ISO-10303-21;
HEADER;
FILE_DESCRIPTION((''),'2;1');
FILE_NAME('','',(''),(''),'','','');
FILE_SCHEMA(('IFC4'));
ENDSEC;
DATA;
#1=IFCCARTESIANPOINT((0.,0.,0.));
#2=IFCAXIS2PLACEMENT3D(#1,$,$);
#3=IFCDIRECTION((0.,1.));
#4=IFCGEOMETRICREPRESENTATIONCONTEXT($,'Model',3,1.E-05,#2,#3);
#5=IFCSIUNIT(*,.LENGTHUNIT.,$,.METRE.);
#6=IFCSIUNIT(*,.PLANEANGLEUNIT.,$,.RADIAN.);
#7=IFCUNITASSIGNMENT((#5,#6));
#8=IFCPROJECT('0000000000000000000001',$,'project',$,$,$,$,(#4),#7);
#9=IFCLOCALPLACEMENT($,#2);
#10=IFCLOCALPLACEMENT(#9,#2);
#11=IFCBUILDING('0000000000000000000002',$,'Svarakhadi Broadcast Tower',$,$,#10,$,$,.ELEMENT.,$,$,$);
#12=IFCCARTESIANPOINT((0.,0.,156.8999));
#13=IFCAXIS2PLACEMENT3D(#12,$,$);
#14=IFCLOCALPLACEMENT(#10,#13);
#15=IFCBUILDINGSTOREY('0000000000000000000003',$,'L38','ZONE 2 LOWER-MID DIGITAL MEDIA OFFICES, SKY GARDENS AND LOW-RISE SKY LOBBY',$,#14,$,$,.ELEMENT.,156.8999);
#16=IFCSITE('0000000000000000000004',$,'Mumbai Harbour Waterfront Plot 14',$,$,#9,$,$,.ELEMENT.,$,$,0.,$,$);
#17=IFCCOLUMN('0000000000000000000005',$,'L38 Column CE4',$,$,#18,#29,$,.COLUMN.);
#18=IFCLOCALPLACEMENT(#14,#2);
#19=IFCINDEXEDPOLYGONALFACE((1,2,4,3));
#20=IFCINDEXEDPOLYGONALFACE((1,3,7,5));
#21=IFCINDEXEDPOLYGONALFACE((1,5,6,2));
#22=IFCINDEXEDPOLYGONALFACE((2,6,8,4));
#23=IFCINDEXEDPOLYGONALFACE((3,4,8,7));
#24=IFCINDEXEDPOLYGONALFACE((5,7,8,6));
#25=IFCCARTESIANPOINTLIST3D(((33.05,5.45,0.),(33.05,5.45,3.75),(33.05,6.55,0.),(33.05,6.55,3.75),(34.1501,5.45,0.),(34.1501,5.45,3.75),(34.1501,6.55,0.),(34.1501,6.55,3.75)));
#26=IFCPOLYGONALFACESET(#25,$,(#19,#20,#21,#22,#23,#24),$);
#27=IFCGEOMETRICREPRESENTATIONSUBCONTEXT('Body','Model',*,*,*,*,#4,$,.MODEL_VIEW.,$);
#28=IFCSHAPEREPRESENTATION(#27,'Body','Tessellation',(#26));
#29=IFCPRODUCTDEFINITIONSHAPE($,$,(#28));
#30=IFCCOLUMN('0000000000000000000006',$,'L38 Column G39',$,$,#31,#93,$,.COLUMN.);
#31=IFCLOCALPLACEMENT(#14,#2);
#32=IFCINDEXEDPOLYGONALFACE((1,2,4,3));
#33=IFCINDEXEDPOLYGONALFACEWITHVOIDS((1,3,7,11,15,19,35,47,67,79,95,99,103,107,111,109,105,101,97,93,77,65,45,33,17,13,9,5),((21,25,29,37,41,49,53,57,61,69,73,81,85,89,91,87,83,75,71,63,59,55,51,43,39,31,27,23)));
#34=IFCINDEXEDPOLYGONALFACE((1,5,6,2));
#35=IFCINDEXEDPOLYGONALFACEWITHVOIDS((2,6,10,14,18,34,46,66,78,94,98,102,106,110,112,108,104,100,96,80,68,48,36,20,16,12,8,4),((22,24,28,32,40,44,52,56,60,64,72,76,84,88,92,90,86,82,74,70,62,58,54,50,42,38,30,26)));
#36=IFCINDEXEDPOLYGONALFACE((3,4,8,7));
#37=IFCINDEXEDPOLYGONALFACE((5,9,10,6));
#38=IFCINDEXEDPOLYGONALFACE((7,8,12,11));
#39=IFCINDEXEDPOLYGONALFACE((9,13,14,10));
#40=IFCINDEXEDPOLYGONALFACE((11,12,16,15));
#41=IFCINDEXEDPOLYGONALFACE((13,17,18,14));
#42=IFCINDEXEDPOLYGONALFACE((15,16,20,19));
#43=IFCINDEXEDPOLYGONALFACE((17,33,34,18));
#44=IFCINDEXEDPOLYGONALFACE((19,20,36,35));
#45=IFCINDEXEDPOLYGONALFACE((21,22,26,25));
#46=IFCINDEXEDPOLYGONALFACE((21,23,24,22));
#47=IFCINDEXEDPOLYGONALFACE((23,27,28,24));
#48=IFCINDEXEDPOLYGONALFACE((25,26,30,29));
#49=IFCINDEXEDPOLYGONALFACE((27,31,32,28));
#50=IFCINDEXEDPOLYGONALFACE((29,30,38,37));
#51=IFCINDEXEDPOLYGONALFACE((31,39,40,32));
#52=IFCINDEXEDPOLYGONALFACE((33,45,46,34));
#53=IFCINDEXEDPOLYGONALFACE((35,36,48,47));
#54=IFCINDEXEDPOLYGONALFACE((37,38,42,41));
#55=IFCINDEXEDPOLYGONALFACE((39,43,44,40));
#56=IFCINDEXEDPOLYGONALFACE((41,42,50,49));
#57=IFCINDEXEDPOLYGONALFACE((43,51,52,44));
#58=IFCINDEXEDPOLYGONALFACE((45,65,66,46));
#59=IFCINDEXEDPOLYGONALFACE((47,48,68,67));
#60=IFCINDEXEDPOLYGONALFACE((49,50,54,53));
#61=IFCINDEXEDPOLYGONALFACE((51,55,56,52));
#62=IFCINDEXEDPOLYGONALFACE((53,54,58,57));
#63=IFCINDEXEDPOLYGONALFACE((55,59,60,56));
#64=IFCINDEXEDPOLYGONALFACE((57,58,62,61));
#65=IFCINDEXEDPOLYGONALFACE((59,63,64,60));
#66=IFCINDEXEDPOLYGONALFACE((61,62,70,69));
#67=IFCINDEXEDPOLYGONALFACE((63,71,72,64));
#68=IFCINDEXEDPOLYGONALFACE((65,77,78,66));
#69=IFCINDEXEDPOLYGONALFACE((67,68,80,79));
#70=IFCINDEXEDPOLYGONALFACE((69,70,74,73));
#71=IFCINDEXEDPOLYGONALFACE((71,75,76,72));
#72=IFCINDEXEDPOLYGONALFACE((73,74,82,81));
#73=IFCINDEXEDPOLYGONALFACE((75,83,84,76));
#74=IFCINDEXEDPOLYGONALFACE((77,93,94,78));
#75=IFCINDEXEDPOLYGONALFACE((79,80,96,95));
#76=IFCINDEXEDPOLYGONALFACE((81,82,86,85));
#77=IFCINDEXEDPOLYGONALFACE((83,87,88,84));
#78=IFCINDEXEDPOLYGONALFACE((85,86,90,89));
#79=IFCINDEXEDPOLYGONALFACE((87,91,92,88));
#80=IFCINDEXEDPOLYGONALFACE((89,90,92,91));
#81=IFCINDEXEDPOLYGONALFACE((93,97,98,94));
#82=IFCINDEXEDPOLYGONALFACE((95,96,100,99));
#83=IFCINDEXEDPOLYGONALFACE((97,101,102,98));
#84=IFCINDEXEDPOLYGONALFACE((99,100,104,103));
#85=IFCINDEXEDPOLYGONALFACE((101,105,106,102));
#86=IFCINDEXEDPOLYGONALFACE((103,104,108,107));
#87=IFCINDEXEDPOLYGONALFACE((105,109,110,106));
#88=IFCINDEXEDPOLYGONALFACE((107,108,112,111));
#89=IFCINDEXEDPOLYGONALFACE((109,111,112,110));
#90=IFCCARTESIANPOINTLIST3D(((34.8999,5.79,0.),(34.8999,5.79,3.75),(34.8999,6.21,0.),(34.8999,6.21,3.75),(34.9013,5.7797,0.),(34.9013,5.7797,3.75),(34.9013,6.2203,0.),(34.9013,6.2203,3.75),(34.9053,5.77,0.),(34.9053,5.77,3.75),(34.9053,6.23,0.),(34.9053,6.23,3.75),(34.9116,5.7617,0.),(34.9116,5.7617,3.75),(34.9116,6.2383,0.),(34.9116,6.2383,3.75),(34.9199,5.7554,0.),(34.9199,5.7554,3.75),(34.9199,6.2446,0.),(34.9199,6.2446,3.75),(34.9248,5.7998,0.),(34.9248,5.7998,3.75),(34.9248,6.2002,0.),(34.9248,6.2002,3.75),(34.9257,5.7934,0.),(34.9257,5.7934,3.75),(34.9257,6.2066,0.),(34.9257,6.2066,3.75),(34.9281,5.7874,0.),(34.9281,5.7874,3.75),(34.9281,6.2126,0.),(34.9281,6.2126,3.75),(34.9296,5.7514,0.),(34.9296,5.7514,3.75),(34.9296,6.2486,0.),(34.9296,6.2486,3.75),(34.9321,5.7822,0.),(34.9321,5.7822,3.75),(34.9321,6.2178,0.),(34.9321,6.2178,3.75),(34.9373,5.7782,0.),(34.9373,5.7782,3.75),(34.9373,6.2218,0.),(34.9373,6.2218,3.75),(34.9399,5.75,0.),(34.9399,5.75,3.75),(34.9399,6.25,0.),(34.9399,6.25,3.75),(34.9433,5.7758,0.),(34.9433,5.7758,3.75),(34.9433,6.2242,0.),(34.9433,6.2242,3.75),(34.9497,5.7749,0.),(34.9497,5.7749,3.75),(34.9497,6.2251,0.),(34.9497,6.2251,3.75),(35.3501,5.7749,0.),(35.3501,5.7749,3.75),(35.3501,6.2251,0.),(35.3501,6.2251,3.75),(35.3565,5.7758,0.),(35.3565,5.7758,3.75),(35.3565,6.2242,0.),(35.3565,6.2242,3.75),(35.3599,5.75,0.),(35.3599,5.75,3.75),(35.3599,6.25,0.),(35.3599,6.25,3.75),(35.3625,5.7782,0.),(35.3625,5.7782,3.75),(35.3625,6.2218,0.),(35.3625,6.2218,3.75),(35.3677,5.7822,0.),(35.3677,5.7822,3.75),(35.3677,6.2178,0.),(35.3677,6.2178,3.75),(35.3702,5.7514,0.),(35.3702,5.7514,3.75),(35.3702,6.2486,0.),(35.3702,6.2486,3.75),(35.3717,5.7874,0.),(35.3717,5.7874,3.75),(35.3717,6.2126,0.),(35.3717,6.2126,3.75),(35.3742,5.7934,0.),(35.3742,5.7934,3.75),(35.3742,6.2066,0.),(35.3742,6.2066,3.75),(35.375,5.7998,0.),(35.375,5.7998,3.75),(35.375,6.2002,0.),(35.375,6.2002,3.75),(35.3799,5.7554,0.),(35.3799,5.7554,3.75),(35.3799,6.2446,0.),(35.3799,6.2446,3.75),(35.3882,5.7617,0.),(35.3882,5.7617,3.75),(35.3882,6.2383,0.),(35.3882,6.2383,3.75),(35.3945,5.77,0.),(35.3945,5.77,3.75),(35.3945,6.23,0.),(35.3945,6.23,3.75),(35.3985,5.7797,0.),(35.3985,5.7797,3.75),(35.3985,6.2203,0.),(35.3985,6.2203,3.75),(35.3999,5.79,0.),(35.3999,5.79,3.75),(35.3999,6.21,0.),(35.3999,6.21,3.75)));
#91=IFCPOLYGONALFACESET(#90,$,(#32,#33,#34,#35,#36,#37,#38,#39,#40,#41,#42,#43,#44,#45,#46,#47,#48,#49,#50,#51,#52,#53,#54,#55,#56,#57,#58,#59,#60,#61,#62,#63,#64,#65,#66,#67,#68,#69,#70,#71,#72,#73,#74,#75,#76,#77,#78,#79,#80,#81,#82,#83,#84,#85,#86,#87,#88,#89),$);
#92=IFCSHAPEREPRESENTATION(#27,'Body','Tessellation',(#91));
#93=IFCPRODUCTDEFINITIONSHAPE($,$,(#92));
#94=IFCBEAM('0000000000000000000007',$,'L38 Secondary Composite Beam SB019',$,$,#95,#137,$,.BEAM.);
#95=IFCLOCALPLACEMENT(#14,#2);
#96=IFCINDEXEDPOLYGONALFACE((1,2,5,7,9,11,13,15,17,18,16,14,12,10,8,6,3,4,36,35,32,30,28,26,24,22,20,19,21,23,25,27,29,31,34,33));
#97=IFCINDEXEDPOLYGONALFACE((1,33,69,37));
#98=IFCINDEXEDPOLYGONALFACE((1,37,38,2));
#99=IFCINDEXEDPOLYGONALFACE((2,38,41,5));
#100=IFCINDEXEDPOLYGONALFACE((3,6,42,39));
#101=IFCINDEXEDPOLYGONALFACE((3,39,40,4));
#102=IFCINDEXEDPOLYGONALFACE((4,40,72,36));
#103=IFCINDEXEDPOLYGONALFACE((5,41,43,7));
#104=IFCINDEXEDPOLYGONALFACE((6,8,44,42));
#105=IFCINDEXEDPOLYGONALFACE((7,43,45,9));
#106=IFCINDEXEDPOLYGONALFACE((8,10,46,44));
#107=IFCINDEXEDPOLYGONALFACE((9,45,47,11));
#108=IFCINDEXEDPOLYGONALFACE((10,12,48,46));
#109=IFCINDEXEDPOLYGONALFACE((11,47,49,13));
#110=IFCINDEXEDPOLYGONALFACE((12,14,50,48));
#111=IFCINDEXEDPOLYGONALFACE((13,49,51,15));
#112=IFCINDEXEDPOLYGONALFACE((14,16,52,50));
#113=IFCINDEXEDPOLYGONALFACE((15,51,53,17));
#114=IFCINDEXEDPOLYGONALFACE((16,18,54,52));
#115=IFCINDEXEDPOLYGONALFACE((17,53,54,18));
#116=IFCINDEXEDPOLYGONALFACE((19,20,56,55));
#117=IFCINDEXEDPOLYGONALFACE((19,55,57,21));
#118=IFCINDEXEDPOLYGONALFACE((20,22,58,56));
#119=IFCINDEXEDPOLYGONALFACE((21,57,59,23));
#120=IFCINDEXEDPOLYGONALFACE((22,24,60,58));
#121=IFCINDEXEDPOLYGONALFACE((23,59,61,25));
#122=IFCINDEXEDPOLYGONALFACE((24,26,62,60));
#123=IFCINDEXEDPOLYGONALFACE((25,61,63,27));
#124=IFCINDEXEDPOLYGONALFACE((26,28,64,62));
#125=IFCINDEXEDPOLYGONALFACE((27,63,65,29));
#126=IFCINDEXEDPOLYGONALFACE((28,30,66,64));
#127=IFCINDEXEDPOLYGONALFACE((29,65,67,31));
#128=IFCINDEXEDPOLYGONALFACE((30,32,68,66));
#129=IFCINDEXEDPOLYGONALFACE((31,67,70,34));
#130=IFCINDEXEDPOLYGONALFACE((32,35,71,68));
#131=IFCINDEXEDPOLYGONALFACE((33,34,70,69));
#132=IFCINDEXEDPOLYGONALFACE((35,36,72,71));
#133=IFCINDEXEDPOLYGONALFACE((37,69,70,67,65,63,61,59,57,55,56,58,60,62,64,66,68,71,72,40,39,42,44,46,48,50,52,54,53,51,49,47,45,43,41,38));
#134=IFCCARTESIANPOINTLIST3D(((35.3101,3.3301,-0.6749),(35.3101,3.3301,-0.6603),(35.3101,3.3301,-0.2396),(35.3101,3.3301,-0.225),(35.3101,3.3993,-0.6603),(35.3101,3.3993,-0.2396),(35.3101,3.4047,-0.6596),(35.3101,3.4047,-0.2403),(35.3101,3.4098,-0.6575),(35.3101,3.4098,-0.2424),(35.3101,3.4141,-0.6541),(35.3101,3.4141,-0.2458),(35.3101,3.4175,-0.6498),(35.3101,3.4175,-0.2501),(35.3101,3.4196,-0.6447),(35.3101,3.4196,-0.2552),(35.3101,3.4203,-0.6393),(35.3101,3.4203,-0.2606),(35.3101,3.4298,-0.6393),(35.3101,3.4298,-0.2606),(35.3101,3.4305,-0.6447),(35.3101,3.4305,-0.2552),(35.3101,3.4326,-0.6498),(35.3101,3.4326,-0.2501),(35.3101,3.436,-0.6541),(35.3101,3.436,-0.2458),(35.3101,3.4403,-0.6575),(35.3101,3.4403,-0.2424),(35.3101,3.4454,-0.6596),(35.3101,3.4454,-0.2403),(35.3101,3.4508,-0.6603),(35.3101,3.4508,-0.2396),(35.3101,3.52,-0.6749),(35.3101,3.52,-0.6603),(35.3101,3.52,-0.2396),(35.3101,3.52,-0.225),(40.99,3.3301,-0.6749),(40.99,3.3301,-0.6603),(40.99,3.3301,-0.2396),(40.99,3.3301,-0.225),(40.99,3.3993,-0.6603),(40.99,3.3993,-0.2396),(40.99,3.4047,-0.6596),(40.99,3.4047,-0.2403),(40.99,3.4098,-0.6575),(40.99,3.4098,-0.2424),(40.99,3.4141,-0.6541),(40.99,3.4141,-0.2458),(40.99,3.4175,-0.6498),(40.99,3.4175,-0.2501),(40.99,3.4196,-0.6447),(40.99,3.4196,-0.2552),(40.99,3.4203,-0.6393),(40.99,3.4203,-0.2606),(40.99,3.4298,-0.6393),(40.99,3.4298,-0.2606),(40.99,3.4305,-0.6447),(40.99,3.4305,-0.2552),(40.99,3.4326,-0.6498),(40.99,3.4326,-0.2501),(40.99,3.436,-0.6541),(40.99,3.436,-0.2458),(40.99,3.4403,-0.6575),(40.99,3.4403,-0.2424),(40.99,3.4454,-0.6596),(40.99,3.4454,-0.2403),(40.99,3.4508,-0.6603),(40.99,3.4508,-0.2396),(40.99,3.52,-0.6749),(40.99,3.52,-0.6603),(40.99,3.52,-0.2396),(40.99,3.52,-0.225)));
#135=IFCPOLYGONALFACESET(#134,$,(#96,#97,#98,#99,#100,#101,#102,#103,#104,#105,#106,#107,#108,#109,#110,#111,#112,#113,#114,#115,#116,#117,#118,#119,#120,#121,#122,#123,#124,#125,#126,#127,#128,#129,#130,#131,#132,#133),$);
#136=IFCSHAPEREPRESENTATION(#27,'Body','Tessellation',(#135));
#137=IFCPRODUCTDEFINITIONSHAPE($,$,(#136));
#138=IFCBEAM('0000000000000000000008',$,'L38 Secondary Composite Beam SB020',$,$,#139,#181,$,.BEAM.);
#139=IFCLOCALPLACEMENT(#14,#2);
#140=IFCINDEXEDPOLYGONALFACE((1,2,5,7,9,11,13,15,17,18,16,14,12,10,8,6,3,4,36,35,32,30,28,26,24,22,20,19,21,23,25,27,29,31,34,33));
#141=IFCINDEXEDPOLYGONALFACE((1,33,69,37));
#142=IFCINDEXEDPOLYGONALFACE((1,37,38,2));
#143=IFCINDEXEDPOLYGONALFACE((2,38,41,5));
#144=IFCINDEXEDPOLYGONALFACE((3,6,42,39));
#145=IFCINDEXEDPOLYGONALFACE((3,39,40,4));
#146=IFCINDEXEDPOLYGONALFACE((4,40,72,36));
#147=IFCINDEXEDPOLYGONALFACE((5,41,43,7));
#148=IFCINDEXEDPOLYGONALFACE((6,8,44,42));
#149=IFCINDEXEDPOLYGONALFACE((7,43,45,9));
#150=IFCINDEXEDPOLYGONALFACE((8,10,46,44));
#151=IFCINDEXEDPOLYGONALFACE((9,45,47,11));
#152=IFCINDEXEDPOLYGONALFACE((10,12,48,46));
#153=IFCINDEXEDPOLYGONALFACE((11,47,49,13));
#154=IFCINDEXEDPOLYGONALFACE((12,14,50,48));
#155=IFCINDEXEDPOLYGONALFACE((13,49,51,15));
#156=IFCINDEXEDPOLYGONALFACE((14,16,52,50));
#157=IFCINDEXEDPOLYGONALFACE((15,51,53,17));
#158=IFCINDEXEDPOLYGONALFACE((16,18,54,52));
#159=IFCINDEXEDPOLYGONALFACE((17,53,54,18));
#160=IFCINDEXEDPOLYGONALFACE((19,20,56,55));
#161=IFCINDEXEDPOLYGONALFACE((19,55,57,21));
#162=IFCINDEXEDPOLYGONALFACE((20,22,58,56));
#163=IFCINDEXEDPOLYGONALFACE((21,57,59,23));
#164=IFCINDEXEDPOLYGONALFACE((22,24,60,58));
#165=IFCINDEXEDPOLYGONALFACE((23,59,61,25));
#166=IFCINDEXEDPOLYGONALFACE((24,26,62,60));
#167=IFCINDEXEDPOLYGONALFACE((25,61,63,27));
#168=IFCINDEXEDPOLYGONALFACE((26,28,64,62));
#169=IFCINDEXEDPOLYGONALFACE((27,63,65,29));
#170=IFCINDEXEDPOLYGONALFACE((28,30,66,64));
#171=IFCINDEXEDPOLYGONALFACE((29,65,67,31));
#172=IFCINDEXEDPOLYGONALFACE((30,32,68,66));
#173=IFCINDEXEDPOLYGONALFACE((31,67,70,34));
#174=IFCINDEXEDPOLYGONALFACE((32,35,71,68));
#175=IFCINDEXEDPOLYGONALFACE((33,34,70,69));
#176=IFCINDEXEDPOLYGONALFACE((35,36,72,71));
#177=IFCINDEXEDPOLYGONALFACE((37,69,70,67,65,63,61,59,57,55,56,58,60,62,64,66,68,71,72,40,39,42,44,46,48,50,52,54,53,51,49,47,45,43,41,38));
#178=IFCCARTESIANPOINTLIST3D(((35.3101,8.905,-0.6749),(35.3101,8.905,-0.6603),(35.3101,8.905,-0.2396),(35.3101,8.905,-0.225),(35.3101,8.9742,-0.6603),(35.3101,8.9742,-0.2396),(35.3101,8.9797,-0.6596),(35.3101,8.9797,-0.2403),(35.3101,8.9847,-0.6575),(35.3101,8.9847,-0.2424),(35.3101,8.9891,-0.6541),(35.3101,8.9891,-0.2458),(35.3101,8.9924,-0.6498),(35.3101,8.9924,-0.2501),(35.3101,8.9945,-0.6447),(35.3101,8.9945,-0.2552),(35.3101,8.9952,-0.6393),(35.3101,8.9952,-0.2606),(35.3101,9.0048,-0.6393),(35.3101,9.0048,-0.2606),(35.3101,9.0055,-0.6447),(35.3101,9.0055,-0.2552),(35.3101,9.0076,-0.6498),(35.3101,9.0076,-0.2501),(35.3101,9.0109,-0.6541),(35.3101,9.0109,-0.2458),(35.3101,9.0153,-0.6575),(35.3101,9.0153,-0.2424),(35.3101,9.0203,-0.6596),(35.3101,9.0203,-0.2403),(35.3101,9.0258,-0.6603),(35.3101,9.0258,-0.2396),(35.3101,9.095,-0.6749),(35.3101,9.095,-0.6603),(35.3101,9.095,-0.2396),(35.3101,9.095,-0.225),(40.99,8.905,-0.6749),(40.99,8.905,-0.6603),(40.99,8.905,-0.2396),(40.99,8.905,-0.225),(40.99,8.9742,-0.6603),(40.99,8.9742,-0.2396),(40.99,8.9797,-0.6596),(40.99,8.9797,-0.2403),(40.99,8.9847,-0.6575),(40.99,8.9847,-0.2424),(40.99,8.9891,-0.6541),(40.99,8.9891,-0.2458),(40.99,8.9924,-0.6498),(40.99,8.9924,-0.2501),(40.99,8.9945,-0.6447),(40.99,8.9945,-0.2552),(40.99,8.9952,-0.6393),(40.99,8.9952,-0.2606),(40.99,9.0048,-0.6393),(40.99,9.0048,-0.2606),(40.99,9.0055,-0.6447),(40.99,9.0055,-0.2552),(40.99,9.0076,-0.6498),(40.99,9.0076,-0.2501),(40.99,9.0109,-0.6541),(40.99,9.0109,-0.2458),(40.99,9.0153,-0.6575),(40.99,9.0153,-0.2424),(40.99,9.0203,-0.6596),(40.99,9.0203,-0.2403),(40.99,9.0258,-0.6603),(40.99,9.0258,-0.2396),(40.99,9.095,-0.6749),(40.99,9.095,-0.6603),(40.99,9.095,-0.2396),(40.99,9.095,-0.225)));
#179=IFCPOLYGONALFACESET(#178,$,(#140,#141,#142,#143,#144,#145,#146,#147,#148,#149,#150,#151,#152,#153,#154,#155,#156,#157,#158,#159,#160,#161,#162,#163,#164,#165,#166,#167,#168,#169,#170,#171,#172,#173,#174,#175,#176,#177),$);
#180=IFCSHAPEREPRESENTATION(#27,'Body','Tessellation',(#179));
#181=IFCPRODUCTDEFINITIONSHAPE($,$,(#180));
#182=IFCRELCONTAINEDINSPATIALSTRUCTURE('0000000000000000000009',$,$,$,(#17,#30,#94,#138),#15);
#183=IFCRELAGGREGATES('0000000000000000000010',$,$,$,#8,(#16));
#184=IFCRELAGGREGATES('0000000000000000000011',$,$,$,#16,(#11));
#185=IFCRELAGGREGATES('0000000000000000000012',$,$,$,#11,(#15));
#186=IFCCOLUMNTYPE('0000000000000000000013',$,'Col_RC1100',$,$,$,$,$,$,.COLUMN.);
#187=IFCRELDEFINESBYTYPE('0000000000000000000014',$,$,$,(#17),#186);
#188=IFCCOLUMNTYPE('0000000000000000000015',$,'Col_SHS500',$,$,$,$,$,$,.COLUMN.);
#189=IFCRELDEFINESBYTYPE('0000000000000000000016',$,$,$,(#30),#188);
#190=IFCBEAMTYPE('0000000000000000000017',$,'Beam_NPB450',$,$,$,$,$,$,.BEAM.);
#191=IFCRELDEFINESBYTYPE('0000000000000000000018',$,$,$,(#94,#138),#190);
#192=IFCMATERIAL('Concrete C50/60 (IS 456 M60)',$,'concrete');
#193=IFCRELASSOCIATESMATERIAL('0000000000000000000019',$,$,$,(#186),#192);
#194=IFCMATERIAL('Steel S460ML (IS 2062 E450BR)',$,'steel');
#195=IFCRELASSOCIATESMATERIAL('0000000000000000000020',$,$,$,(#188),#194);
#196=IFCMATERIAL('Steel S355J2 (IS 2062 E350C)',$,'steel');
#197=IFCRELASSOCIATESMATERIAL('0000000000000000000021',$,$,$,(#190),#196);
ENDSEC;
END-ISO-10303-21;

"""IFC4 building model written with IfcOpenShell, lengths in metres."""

from ifc_helpers import new_model, si_unit, direction, frame, origin, origin_2d, place, context, subcontext, project, spatial, rectangle, hollow_rectangle, i_section, extrude, material, material_profile, profile_set, type_object, element, save


model = new_model("IFC4")

# Units and contexts
model_context = context("Model", 3, precision=1e-05, world=origin(), true_north=direction((0.0, 1.0)))
body_context = subcontext(model_context, "Body", "Model", "MODEL_VIEW")
ifc_project = project(units=[si_unit("LENGTHUNIT", "METRE"), si_unit("PLANEANGLEUNIT", "RADIAN")], contexts=[model_context])

# Site, building, storey
site_placement = place(None, origin())
site = spatial("IfcSite", under=ifc_project, at=site_placement, Name="Mumbai Harbour Waterfront Plot 14", CompositionType="ELEMENT", RefElevation=0.0)
building_placement = place(site_placement, origin())
building = spatial("IfcBuilding", under=site, at=building_placement, Name="Svarakhadi Broadcast Tower", CompositionType="ELEMENT")
storey_placement = place(building_placement, frame((0.0, 0.0, 156.8999)))
storey = spatial("IfcBuildingStorey", under=building, at=storey_placement, Name="L38", Description="ZONE 2 LOWER-MID DIGITAL MEDIA OFFICES, SKY GARDENS AND LOW-RISE SKY LOBBY", CompositionType="ELEMENT", Elevation=156.8999)

# Columns
ifc_material_1 = material(Name="Concrete C50/60 (IS 456 M60)", Category="concrete")
ifc_material_profile_1 = material_profile(ifc_material_1, rectangle(XDim=1.1001, YDim=1.1001, at=origin_2d()), Name="RC 1100x1100")
ifc_profile_set_1 = profile_set([ifc_material_profile_1], Name="Concrete C50/60 (IS 456 M60)")
column_type_1 = type_object("IfcColumnType", Name="Col_RC1100", PredefinedType="COLUMN", material=ifc_profile_set_1)
column_1_placement = place(storey_placement, frame((33.6001, 6.0, 0.0), z_axis=(0.0, 0.0, 1.0), x_axis=(1.0, 0.0, 0.0)))
element("IfcColumn", 1, at=column_1_placement, inside=storey, type_object=column_type_1, Name="L38 Column CE4", PredefinedType="COLUMN", context=body_context, shape_type="SweptSolid", body=[
    extrude(rectangle(XDim=1.1001, YDim=1.1001, at=origin_2d()), origin(), (0.0, 0.0, 1.0), 3.75),
])
ifc_material_2 = material(Name="Steel S460ML (IS 2062 E450BR)", Category="steel")
ifc_material_profile_2 = material_profile(ifc_material_2, hollow_rectangle(XDim=0.5, YDim=0.5, WallThickness=0.0249, InnerFilletRadius=0.0249, OuterFilletRadius=0.04, at=origin_2d()), Name="SHS 500x500x25")
ifc_profile_set_2 = profile_set([ifc_material_profile_2], Name="Steel S460ML (IS 2062 E450BR)")
column_type_2 = type_object("IfcColumnType", Name="Col_SHS500", PredefinedType="COLUMN", material=ifc_profile_set_2)
column_2_placement = place(storey_placement, frame((35.1499, 6.0, 0.0), z_axis=(0.0, 0.0, 1.0), x_axis=(1.0, 0.0, 0.0)))
element("IfcColumn", 2, at=column_2_placement, inside=storey, type_object=column_type_2, Name="L38 Column G39", PredefinedType="COLUMN", context=body_context, shape_type="SweptSolid", body=[
    extrude(hollow_rectangle(XDim=0.5, YDim=0.5, WallThickness=0.0249, InnerFilletRadius=0.0249, OuterFilletRadius=0.04, at=origin_2d()), origin(), (0.0, 0.0, 1.0), 3.75),
])

# Beams
ifc_material_3 = material(Name="Steel S355J2 (IS 2062 E350C)", Category="steel")
ifc_material_profile_3 = material_profile(ifc_material_3, i_section(OverallWidth=0.1899, OverallDepth=0.45, WebThickness=0.0095, FlangeThickness=0.0146, FilletRadius=0.021, at=origin_2d()), Name="NPB 450x190x78")
ifc_profile_set_3 = profile_set([ifc_material_profile_3], Name="Steel S355J2 (IS 2062 E350C)")
beam_type_1 = type_object("IfcBeamType", Name="Beam_NPB450", PredefinedType="BEAM", material=ifc_profile_set_3)
for number, where, z_axis, x_axis, name in (
    (3, (35.3101, 3.425, -0.45), (1.0, 0.0, 0.0), (0.0, 1.0, 0.0), "L38 Secondary Composite Beam SB019"),
    (4, (35.3101, 9.0, -0.45), (1.0, 0.0, 0.0), (0.0, 1.0, 0.0), "L38 Secondary Composite Beam SB020"),
):
    element("IfcBeam", number, at=place(storey_placement, frame(where, z_axis=z_axis, x_axis=x_axis)), inside=storey, type_object=beam_type_1, Name=name, PredefinedType="BEAM", context=body_context, shape_type="SweptSolid", body=[
        extrude(i_section(OverallWidth=0.1899, OverallDepth=0.45, WebThickness=0.0095, FlangeThickness=0.0146, FilletRadius=0.021, at=origin_2d()), origin(), (0.0, 0.0, 1.0), 5.6799),
    ])

save(model, "model.ifc")
